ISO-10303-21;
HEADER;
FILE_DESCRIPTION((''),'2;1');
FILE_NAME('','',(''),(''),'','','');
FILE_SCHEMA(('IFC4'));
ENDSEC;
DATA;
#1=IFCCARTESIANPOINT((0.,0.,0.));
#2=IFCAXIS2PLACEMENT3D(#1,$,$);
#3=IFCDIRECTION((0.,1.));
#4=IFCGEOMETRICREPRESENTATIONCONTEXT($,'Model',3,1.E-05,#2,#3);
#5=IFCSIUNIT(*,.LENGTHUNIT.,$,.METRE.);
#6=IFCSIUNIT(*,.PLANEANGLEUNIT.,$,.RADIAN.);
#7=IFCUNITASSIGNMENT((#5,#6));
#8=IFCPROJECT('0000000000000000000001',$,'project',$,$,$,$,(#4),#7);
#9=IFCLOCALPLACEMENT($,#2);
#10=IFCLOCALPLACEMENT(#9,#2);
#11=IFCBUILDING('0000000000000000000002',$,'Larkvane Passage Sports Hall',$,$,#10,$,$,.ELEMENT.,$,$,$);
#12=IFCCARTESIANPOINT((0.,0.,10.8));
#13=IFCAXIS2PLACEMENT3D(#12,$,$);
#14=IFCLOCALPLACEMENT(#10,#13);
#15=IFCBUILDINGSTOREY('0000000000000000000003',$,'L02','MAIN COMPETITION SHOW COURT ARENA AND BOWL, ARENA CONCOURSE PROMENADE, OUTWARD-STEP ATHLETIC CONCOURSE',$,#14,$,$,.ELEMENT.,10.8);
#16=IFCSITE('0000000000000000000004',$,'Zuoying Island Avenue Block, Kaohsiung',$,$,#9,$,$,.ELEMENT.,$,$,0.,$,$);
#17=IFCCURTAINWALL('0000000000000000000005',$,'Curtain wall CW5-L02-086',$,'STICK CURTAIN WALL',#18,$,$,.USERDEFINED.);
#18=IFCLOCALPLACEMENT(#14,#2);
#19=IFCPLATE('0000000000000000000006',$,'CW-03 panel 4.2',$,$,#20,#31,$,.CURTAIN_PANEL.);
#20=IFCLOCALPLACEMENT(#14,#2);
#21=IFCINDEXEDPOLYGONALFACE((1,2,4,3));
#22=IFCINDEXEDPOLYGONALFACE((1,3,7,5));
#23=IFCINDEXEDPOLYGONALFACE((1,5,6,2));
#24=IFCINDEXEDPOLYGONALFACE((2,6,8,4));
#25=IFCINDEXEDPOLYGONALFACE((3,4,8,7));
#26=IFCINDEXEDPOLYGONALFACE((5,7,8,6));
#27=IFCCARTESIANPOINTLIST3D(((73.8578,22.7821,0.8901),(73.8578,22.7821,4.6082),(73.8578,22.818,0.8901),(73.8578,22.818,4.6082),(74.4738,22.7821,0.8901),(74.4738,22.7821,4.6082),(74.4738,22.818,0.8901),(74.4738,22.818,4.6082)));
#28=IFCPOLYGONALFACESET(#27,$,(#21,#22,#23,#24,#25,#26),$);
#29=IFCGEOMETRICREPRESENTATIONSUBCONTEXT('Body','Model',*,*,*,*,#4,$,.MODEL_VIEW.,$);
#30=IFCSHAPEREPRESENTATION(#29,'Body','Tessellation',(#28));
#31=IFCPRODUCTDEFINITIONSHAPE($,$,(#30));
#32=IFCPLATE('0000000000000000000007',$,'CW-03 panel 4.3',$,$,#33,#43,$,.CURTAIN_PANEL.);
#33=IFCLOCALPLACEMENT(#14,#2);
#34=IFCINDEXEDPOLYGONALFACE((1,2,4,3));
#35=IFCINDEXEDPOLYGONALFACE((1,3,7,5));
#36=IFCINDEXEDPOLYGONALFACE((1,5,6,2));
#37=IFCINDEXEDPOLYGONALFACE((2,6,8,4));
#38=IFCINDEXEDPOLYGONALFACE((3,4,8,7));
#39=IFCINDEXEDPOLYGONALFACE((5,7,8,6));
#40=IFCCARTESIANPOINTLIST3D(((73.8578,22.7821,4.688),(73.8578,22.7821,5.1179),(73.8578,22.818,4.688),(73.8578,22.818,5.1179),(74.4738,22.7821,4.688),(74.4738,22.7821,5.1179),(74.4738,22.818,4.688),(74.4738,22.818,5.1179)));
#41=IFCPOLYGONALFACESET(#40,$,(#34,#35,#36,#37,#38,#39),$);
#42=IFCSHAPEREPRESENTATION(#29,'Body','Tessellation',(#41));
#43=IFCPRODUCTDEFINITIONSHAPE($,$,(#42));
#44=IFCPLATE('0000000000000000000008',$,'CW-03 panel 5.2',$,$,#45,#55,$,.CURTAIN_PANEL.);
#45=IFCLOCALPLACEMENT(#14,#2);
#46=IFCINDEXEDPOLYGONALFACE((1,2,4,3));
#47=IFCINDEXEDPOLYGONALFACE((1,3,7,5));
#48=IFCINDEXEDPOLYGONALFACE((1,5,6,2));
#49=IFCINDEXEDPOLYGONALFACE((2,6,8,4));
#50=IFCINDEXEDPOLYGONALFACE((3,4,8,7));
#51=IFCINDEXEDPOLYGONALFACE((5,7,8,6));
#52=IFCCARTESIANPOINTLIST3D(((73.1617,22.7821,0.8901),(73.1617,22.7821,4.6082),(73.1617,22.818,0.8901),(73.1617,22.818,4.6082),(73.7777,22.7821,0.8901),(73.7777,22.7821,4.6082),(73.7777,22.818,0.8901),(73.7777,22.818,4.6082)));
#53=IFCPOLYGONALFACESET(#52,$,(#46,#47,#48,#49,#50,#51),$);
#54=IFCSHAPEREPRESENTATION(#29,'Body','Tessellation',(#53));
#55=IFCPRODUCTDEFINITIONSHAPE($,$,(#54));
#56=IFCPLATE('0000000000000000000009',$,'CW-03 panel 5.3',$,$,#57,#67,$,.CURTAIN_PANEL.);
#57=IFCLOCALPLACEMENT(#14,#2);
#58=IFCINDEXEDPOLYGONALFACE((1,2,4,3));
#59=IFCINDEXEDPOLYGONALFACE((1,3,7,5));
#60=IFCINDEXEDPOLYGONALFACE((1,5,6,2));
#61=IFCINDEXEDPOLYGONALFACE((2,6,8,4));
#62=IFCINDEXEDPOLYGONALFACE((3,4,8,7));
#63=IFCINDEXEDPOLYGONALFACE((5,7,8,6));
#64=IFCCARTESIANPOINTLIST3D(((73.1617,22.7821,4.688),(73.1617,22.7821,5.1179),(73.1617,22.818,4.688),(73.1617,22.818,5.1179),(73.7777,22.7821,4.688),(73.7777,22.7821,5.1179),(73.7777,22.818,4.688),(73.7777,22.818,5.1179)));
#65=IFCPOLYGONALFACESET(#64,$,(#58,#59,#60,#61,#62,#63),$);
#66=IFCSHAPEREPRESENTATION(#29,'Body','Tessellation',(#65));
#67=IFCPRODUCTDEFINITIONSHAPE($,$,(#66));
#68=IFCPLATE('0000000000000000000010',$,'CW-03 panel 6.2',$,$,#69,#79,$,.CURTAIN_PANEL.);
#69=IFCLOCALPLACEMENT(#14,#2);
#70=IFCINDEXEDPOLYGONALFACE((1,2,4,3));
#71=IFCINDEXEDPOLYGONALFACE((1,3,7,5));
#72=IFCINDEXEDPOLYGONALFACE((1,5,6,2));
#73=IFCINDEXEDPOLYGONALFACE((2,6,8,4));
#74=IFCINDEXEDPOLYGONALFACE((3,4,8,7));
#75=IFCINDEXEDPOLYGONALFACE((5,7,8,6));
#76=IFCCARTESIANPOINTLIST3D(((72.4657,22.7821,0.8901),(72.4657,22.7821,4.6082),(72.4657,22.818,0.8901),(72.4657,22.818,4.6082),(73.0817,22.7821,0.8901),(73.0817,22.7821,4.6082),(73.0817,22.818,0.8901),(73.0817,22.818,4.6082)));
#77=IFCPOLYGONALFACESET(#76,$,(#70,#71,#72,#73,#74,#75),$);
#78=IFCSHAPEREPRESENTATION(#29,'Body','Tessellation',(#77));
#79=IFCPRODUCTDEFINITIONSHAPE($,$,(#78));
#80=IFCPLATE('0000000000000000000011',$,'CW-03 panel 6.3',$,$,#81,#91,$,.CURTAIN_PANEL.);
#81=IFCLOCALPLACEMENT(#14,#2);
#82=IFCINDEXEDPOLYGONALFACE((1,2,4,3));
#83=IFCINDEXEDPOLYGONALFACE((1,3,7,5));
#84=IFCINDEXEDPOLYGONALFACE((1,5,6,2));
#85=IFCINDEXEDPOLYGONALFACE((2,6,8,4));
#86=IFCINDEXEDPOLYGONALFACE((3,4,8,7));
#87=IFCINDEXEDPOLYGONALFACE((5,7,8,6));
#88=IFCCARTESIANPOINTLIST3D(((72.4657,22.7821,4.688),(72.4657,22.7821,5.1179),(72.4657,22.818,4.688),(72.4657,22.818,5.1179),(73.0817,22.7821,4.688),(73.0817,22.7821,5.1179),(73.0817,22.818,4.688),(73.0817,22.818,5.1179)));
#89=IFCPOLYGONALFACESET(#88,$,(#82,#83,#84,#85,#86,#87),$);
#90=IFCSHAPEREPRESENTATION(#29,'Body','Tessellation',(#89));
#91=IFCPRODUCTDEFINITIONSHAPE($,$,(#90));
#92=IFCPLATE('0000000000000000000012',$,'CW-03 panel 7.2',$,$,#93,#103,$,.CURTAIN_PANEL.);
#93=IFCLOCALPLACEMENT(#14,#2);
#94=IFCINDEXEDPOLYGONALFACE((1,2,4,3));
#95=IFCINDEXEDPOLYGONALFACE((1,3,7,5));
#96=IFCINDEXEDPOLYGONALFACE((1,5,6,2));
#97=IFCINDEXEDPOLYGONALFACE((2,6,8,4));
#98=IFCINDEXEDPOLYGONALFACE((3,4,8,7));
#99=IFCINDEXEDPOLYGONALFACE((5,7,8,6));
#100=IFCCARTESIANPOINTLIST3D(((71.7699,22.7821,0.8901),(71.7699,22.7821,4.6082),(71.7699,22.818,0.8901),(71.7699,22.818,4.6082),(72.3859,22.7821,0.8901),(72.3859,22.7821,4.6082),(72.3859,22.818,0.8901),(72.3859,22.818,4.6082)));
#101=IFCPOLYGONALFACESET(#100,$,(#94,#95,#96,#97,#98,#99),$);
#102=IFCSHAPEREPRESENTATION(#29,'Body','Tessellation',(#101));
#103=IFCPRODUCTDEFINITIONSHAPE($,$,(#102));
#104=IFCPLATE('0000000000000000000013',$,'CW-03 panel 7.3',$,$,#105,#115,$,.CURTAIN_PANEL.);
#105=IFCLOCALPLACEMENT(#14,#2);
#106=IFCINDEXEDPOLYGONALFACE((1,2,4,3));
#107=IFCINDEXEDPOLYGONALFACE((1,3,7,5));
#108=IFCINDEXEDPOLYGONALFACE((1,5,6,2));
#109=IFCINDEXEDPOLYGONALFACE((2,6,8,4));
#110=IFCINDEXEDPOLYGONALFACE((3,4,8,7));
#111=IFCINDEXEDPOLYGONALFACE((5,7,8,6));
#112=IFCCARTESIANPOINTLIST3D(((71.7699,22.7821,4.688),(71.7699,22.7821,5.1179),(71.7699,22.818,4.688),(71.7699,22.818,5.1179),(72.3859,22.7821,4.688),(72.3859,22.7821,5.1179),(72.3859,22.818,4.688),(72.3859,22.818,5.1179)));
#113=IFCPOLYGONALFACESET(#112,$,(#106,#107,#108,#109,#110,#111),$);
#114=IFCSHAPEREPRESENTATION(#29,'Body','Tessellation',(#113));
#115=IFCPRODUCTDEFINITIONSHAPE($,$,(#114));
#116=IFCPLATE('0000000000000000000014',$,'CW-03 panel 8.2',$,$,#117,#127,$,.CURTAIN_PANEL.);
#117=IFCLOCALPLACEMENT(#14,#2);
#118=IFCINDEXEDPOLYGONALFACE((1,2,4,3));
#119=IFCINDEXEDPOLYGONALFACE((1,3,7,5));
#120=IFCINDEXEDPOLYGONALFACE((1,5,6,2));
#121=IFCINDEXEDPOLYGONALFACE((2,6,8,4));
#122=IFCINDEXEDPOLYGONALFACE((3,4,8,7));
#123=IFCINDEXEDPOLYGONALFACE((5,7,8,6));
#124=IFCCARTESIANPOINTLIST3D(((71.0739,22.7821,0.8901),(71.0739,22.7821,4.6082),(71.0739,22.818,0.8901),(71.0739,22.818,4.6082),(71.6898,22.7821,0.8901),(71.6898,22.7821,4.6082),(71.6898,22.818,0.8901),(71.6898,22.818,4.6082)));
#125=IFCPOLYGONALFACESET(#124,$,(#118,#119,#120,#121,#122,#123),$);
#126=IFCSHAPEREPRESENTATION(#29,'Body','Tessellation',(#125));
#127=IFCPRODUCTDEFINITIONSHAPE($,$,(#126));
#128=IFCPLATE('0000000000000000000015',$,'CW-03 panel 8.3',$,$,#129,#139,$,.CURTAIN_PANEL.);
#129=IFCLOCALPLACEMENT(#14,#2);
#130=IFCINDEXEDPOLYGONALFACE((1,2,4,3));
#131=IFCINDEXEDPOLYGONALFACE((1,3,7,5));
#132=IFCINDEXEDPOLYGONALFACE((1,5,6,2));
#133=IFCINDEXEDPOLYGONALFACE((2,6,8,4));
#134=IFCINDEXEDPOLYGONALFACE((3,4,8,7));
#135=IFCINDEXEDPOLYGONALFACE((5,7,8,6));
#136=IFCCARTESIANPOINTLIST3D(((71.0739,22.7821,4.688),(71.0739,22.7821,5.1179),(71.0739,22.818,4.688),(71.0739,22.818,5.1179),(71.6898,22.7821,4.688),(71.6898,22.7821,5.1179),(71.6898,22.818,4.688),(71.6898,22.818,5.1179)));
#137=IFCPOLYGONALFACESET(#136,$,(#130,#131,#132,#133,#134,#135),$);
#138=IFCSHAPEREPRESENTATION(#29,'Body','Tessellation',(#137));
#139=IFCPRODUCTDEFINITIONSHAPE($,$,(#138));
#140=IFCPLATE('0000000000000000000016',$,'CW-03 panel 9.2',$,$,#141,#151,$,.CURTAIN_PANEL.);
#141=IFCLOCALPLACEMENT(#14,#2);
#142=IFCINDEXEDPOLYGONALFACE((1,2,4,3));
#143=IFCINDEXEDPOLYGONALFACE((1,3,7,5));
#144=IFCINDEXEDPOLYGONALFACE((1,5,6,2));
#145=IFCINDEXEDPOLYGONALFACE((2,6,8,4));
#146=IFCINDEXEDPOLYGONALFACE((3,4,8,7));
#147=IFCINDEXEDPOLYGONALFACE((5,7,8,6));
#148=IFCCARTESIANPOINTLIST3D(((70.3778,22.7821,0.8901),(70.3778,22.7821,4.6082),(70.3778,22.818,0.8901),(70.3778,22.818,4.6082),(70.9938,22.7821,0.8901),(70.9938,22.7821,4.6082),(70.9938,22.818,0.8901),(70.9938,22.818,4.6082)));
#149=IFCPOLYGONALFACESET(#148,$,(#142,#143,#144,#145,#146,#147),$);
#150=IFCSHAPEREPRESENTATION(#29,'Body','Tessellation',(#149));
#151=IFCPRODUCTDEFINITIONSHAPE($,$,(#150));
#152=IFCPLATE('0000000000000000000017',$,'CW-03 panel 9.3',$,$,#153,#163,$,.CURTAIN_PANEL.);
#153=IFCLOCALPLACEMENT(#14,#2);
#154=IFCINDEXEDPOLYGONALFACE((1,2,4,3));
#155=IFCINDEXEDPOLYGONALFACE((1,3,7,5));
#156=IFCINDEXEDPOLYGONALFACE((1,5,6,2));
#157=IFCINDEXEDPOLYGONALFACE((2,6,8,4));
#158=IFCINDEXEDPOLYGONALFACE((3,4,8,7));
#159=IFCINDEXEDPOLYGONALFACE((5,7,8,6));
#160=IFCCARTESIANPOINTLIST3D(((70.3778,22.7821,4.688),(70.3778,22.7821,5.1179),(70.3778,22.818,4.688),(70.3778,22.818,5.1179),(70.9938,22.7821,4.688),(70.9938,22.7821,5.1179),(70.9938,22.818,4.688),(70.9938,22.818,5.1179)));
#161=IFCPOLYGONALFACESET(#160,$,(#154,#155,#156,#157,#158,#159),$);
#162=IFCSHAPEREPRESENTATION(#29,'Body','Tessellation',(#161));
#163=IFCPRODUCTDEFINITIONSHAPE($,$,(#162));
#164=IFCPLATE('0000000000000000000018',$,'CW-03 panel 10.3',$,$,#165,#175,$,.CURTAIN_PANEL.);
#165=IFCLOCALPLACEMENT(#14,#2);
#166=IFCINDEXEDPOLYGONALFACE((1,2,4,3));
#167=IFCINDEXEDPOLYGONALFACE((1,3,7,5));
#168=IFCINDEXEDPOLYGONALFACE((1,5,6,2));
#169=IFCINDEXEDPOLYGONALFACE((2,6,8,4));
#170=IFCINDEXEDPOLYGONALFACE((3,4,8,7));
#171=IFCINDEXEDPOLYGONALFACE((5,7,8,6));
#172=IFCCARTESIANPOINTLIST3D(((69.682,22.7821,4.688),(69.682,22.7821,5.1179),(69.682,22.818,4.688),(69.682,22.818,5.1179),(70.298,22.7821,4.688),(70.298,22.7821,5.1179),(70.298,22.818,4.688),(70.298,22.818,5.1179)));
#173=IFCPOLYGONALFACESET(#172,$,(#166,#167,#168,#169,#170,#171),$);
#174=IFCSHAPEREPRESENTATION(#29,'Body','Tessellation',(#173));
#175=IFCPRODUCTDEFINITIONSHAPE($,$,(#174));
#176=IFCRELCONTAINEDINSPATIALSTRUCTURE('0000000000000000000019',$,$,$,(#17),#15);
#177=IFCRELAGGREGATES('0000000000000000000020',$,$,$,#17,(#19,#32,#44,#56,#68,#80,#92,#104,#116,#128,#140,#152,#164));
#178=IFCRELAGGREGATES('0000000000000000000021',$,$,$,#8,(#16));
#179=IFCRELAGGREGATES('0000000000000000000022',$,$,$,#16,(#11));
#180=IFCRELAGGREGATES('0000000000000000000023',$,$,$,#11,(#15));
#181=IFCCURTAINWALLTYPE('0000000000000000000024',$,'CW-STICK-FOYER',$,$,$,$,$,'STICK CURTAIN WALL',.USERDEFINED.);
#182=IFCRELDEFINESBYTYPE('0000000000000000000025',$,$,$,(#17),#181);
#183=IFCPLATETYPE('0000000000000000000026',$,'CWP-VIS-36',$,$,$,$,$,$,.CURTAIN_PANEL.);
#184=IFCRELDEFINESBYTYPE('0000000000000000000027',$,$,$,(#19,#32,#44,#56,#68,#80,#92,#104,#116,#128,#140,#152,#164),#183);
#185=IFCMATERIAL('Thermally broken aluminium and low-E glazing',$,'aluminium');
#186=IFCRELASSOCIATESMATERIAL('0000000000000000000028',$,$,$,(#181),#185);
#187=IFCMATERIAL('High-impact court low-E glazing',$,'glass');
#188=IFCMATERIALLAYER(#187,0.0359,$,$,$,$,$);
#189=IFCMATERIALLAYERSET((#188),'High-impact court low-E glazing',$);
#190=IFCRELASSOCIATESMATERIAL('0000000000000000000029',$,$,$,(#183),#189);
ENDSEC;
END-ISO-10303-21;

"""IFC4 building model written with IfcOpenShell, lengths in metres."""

from ifc_helpers import new_model, si_unit, direction, frame, origin, origin_2d, place, context, subcontext, project, spatial, rectangle, extrude, material, layer, layer_set, type_object, element, aggregate, save


model = new_model("IFC4")

# Units and contexts
model_context = context("Model", 3, precision=1e-05, world=origin(), true_north=direction((0.0, 1.0)))
body_context = subcontext(model_context, "Body", "Model", "MODEL_VIEW")
ifc_project = project(units=[si_unit("LENGTHUNIT", "METRE"), si_unit("PLANEANGLEUNIT", "RADIAN")], contexts=[model_context])

# Site, building, storey
site_placement = place(None, origin())
site = spatial("IfcSite", under=ifc_project, at=site_placement, Name="Zuoying Island Avenue Block, Kaohsiung", CompositionType="ELEMENT", RefElevation=0.0)
building_placement = place(site_placement, origin())
building = spatial("IfcBuilding", under=site, at=building_placement, Name="Larkvane Passage Sports Hall", CompositionType="ELEMENT")
storey_placement = place(building_placement, frame((0.0, 0.0, 10.8)))
storey = spatial("IfcBuildingStorey", under=building, at=storey_placement, Name="L02", Description="MAIN COMPETITION SHOW COURT ARENA AND BOWL, ARENA CONCOURSE PROMENADE, OUTWARD-STEP ATHLETIC CONCOURSE", CompositionType="ELEMENT", Elevation=10.8)

# Curtain wall, plates
ifc_material_1 = material(Name="Thermally broken aluminium and low-E glazing", Category="aluminium")
curtain_wall_type = type_object("IfcCurtainWallType", Name="CW-STICK-FOYER", ElementType="STICK CURTAIN WALL", PredefinedType="USERDEFINED", material=ifc_material_1)
curtain_wall_placement = place(storey_placement, origin())
curtain_wall = element("IfcCurtainWall", 1, at=curtain_wall_placement, inside=storey, type_object=curtain_wall_type, Name="Curtain wall CW5-L02-086", ObjectType="STICK CURTAIN WALL", PredefinedType="USERDEFINED")
ifc_material_2 = material(Name="High-impact court low-E glazing", Category="glass")
ifc_layer = layer(ifc_material_2, 0.0359)
ifc_layer_set = layer_set([ifc_layer], Name="High-impact court low-E glazing")
plate_type = type_object("IfcPlateType", Name="CWP-VIS-36", PredefinedType="CURTAIN_PANEL", material=ifc_layer_set)
plate_1_placement = place(storey_placement, frame((74.1658, 22.8, 0.8901), z_axis=(0.0, 0.0, 1.0), x_axis=(-1.0, 0.0, 0.0)))
plate_1 = element("IfcPlate", 2, at=plate_1_placement, type_object=plate_type, Name="CW-03 panel 4.2", PredefinedType="CURTAIN_PANEL", context=body_context, shape_type="SweptSolid", body=[
    extrude(rectangle(XDim=0.616, YDim=0.0359, at=origin_2d()), origin(), (0.0, 0.0, 1.0), 3.718),
])
plate_2_placement = place(storey_placement, frame((74.1658, 22.8, 4.688), z_axis=(0.0, 0.0, 1.0), x_axis=(-1.0, 0.0, 0.0)))
plate_2 = element("IfcPlate", 3, at=plate_2_placement, type_object=plate_type, Name="CW-03 panel 4.3", PredefinedType="CURTAIN_PANEL", context=body_context, shape_type="SweptSolid", body=[
    extrude(rectangle(XDim=0.616, YDim=0.0359, at=origin_2d()), origin(), (0.0, 0.0, 1.0), 0.4299),
])
plate_3_placement = place(storey_placement, frame((73.4697, 22.8, 0.8901), z_axis=(0.0, 0.0, 1.0), x_axis=(-1.0, 0.0, 0.0)))
plate_3 = element("IfcPlate", 4, at=plate_3_placement, type_object=plate_type, Name="CW-03 panel 5.2", PredefinedType="CURTAIN_PANEL", context=body_context, shape_type="SweptSolid", body=[
    extrude(rectangle(XDim=0.616, YDim=0.0359, at=origin_2d()), origin(), (0.0, 0.0, 1.0), 3.718),
])
plate_4_placement = place(storey_placement, frame((73.4697, 22.8, 4.688), z_axis=(0.0, 0.0, 1.0), x_axis=(-1.0, 0.0, 0.0)))
plate_4 = element("IfcPlate", 5, at=plate_4_placement, type_object=plate_type, Name="CW-03 panel 5.3", PredefinedType="CURTAIN_PANEL", context=body_context, shape_type="SweptSolid", body=[
    extrude(rectangle(XDim=0.616, YDim=0.0359, at=origin_2d()), origin(), (0.0, 0.0, 1.0), 0.4299),
])
plate_5_placement = place(storey_placement, frame((72.7737, 22.8, 0.8901), z_axis=(0.0, 0.0, 1.0), x_axis=(-1.0, 0.0, 0.0)))
plate_5 = element("IfcPlate", 6, at=plate_5_placement, type_object=plate_type, Name="CW-03 panel 6.2", PredefinedType="CURTAIN_PANEL", context=body_context, shape_type="SweptSolid", body=[
    extrude(rectangle(XDim=0.616, YDim=0.0359, at=origin_2d()), origin(), (0.0, 0.0, 1.0), 3.718),
])
plate_6_placement = place(storey_placement, frame((72.7737, 22.8, 4.688), z_axis=(0.0, 0.0, 1.0), x_axis=(-1.0, 0.0, 0.0)))
plate_6 = element("IfcPlate", 7, at=plate_6_placement, type_object=plate_type, Name="CW-03 panel 6.3", PredefinedType="CURTAIN_PANEL", context=body_context, shape_type="SweptSolid", body=[
    extrude(rectangle(XDim=0.616, YDim=0.0359, at=origin_2d()), origin(), (0.0, 0.0, 1.0), 0.4299),
])
plate_7_placement = place(storey_placement, frame((72.0779, 22.8, 0.8901), z_axis=(0.0, 0.0, 1.0), x_axis=(-1.0, 0.0, 0.0)))
plate_7 = element("IfcPlate", 8, at=plate_7_placement, type_object=plate_type, Name="CW-03 panel 7.2", PredefinedType="CURTAIN_PANEL", context=body_context, shape_type="SweptSolid", body=[
    extrude(rectangle(XDim=0.616, YDim=0.0359, at=origin_2d()), origin(), (0.0, 0.0, 1.0), 3.718),
])
plate_8_placement = place(storey_placement, frame((72.0779, 22.8, 4.688), z_axis=(0.0, 0.0, 1.0), x_axis=(-1.0, 0.0, 0.0)))
plate_8 = element("IfcPlate", 9, at=plate_8_placement, type_object=plate_type, Name="CW-03 panel 7.3", PredefinedType="CURTAIN_PANEL", context=body_context, shape_type="SweptSolid", body=[
    extrude(rectangle(XDim=0.616, YDim=0.0359, at=origin_2d()), origin(), (0.0, 0.0, 1.0), 0.4299),
])
plate_9_placement = place(storey_placement, frame((71.3818, 22.8, 0.8901), z_axis=(0.0, 0.0, 1.0), x_axis=(-1.0, 0.0, 0.0)))
plate_9 = element("IfcPlate", 10, at=plate_9_placement, type_object=plate_type, Name="CW-03 panel 8.2", PredefinedType="CURTAIN_PANEL", context=body_context, shape_type="SweptSolid", body=[
    extrude(rectangle(XDim=0.616, YDim=0.0359, at=origin_2d()), origin(), (0.0, 0.0, 1.0), 3.718),
])
plate_10_placement = place(storey_placement, frame((71.3818, 22.8, 4.688), z_axis=(0.0, 0.0, 1.0), x_axis=(-1.0, 0.0, 0.0)))
plate_10 = element("IfcPlate", 11, at=plate_10_placement, type_object=plate_type, Name="CW-03 panel 8.3", PredefinedType="CURTAIN_PANEL", context=body_context, shape_type="SweptSolid", body=[
    extrude(rectangle(XDim=0.616, YDim=0.0359, at=origin_2d()), origin(), (0.0, 0.0, 1.0), 0.4299),
])
plate_11_placement = place(storey_placement, frame((70.6858, 22.8, 0.8901), z_axis=(0.0, 0.0, 1.0), x_axis=(-1.0, 0.0, 0.0)))
plate_11 = element("IfcPlate", 12, at=plate_11_placement, type_object=plate_type, Name="CW-03 panel 9.2", PredefinedType="CURTAIN_PANEL", context=body_context, shape_type="SweptSolid", body=[
    extrude(rectangle(XDim=0.616, YDim=0.0359, at=origin_2d()), origin(), (0.0, 0.0, 1.0), 3.718),
])
plate_12_placement = place(storey_placement, frame((70.6858, 22.8, 4.688), z_axis=(0.0, 0.0, 1.0), x_axis=(-1.0, 0.0, 0.0)))
plate_12 = element("IfcPlate", 13, at=plate_12_placement, type_object=plate_type, Name="CW-03 panel 9.3", PredefinedType="CURTAIN_PANEL", context=body_context, shape_type="SweptSolid", body=[
    extrude(rectangle(XDim=0.616, YDim=0.0359, at=origin_2d()), origin(), (0.0, 0.0, 1.0), 0.4299),
])
plate_13_placement = place(storey_placement, frame((69.99, 22.8, 4.688), z_axis=(0.0, 0.0, 1.0), x_axis=(-1.0, 0.0, 0.0)))
plate_13 = element("IfcPlate", 14, at=plate_13_placement, type_object=plate_type, Name="CW-03 panel 10.3", PredefinedType="CURTAIN_PANEL", context=body_context, shape_type="SweptSolid", body=[
    extrude(rectangle(XDim=0.616, YDim=0.0359, at=origin_2d()), origin(), (0.0, 0.0, 1.0), 0.4299),
])
aggregate(curtain_wall, [plate_1, plate_2, plate_3, plate_4, plate_5, plate_6, plate_7, plate_8, plate_9, plate_10, plate_11, plate_12, plate_13])

save(model, "model.ifc")
